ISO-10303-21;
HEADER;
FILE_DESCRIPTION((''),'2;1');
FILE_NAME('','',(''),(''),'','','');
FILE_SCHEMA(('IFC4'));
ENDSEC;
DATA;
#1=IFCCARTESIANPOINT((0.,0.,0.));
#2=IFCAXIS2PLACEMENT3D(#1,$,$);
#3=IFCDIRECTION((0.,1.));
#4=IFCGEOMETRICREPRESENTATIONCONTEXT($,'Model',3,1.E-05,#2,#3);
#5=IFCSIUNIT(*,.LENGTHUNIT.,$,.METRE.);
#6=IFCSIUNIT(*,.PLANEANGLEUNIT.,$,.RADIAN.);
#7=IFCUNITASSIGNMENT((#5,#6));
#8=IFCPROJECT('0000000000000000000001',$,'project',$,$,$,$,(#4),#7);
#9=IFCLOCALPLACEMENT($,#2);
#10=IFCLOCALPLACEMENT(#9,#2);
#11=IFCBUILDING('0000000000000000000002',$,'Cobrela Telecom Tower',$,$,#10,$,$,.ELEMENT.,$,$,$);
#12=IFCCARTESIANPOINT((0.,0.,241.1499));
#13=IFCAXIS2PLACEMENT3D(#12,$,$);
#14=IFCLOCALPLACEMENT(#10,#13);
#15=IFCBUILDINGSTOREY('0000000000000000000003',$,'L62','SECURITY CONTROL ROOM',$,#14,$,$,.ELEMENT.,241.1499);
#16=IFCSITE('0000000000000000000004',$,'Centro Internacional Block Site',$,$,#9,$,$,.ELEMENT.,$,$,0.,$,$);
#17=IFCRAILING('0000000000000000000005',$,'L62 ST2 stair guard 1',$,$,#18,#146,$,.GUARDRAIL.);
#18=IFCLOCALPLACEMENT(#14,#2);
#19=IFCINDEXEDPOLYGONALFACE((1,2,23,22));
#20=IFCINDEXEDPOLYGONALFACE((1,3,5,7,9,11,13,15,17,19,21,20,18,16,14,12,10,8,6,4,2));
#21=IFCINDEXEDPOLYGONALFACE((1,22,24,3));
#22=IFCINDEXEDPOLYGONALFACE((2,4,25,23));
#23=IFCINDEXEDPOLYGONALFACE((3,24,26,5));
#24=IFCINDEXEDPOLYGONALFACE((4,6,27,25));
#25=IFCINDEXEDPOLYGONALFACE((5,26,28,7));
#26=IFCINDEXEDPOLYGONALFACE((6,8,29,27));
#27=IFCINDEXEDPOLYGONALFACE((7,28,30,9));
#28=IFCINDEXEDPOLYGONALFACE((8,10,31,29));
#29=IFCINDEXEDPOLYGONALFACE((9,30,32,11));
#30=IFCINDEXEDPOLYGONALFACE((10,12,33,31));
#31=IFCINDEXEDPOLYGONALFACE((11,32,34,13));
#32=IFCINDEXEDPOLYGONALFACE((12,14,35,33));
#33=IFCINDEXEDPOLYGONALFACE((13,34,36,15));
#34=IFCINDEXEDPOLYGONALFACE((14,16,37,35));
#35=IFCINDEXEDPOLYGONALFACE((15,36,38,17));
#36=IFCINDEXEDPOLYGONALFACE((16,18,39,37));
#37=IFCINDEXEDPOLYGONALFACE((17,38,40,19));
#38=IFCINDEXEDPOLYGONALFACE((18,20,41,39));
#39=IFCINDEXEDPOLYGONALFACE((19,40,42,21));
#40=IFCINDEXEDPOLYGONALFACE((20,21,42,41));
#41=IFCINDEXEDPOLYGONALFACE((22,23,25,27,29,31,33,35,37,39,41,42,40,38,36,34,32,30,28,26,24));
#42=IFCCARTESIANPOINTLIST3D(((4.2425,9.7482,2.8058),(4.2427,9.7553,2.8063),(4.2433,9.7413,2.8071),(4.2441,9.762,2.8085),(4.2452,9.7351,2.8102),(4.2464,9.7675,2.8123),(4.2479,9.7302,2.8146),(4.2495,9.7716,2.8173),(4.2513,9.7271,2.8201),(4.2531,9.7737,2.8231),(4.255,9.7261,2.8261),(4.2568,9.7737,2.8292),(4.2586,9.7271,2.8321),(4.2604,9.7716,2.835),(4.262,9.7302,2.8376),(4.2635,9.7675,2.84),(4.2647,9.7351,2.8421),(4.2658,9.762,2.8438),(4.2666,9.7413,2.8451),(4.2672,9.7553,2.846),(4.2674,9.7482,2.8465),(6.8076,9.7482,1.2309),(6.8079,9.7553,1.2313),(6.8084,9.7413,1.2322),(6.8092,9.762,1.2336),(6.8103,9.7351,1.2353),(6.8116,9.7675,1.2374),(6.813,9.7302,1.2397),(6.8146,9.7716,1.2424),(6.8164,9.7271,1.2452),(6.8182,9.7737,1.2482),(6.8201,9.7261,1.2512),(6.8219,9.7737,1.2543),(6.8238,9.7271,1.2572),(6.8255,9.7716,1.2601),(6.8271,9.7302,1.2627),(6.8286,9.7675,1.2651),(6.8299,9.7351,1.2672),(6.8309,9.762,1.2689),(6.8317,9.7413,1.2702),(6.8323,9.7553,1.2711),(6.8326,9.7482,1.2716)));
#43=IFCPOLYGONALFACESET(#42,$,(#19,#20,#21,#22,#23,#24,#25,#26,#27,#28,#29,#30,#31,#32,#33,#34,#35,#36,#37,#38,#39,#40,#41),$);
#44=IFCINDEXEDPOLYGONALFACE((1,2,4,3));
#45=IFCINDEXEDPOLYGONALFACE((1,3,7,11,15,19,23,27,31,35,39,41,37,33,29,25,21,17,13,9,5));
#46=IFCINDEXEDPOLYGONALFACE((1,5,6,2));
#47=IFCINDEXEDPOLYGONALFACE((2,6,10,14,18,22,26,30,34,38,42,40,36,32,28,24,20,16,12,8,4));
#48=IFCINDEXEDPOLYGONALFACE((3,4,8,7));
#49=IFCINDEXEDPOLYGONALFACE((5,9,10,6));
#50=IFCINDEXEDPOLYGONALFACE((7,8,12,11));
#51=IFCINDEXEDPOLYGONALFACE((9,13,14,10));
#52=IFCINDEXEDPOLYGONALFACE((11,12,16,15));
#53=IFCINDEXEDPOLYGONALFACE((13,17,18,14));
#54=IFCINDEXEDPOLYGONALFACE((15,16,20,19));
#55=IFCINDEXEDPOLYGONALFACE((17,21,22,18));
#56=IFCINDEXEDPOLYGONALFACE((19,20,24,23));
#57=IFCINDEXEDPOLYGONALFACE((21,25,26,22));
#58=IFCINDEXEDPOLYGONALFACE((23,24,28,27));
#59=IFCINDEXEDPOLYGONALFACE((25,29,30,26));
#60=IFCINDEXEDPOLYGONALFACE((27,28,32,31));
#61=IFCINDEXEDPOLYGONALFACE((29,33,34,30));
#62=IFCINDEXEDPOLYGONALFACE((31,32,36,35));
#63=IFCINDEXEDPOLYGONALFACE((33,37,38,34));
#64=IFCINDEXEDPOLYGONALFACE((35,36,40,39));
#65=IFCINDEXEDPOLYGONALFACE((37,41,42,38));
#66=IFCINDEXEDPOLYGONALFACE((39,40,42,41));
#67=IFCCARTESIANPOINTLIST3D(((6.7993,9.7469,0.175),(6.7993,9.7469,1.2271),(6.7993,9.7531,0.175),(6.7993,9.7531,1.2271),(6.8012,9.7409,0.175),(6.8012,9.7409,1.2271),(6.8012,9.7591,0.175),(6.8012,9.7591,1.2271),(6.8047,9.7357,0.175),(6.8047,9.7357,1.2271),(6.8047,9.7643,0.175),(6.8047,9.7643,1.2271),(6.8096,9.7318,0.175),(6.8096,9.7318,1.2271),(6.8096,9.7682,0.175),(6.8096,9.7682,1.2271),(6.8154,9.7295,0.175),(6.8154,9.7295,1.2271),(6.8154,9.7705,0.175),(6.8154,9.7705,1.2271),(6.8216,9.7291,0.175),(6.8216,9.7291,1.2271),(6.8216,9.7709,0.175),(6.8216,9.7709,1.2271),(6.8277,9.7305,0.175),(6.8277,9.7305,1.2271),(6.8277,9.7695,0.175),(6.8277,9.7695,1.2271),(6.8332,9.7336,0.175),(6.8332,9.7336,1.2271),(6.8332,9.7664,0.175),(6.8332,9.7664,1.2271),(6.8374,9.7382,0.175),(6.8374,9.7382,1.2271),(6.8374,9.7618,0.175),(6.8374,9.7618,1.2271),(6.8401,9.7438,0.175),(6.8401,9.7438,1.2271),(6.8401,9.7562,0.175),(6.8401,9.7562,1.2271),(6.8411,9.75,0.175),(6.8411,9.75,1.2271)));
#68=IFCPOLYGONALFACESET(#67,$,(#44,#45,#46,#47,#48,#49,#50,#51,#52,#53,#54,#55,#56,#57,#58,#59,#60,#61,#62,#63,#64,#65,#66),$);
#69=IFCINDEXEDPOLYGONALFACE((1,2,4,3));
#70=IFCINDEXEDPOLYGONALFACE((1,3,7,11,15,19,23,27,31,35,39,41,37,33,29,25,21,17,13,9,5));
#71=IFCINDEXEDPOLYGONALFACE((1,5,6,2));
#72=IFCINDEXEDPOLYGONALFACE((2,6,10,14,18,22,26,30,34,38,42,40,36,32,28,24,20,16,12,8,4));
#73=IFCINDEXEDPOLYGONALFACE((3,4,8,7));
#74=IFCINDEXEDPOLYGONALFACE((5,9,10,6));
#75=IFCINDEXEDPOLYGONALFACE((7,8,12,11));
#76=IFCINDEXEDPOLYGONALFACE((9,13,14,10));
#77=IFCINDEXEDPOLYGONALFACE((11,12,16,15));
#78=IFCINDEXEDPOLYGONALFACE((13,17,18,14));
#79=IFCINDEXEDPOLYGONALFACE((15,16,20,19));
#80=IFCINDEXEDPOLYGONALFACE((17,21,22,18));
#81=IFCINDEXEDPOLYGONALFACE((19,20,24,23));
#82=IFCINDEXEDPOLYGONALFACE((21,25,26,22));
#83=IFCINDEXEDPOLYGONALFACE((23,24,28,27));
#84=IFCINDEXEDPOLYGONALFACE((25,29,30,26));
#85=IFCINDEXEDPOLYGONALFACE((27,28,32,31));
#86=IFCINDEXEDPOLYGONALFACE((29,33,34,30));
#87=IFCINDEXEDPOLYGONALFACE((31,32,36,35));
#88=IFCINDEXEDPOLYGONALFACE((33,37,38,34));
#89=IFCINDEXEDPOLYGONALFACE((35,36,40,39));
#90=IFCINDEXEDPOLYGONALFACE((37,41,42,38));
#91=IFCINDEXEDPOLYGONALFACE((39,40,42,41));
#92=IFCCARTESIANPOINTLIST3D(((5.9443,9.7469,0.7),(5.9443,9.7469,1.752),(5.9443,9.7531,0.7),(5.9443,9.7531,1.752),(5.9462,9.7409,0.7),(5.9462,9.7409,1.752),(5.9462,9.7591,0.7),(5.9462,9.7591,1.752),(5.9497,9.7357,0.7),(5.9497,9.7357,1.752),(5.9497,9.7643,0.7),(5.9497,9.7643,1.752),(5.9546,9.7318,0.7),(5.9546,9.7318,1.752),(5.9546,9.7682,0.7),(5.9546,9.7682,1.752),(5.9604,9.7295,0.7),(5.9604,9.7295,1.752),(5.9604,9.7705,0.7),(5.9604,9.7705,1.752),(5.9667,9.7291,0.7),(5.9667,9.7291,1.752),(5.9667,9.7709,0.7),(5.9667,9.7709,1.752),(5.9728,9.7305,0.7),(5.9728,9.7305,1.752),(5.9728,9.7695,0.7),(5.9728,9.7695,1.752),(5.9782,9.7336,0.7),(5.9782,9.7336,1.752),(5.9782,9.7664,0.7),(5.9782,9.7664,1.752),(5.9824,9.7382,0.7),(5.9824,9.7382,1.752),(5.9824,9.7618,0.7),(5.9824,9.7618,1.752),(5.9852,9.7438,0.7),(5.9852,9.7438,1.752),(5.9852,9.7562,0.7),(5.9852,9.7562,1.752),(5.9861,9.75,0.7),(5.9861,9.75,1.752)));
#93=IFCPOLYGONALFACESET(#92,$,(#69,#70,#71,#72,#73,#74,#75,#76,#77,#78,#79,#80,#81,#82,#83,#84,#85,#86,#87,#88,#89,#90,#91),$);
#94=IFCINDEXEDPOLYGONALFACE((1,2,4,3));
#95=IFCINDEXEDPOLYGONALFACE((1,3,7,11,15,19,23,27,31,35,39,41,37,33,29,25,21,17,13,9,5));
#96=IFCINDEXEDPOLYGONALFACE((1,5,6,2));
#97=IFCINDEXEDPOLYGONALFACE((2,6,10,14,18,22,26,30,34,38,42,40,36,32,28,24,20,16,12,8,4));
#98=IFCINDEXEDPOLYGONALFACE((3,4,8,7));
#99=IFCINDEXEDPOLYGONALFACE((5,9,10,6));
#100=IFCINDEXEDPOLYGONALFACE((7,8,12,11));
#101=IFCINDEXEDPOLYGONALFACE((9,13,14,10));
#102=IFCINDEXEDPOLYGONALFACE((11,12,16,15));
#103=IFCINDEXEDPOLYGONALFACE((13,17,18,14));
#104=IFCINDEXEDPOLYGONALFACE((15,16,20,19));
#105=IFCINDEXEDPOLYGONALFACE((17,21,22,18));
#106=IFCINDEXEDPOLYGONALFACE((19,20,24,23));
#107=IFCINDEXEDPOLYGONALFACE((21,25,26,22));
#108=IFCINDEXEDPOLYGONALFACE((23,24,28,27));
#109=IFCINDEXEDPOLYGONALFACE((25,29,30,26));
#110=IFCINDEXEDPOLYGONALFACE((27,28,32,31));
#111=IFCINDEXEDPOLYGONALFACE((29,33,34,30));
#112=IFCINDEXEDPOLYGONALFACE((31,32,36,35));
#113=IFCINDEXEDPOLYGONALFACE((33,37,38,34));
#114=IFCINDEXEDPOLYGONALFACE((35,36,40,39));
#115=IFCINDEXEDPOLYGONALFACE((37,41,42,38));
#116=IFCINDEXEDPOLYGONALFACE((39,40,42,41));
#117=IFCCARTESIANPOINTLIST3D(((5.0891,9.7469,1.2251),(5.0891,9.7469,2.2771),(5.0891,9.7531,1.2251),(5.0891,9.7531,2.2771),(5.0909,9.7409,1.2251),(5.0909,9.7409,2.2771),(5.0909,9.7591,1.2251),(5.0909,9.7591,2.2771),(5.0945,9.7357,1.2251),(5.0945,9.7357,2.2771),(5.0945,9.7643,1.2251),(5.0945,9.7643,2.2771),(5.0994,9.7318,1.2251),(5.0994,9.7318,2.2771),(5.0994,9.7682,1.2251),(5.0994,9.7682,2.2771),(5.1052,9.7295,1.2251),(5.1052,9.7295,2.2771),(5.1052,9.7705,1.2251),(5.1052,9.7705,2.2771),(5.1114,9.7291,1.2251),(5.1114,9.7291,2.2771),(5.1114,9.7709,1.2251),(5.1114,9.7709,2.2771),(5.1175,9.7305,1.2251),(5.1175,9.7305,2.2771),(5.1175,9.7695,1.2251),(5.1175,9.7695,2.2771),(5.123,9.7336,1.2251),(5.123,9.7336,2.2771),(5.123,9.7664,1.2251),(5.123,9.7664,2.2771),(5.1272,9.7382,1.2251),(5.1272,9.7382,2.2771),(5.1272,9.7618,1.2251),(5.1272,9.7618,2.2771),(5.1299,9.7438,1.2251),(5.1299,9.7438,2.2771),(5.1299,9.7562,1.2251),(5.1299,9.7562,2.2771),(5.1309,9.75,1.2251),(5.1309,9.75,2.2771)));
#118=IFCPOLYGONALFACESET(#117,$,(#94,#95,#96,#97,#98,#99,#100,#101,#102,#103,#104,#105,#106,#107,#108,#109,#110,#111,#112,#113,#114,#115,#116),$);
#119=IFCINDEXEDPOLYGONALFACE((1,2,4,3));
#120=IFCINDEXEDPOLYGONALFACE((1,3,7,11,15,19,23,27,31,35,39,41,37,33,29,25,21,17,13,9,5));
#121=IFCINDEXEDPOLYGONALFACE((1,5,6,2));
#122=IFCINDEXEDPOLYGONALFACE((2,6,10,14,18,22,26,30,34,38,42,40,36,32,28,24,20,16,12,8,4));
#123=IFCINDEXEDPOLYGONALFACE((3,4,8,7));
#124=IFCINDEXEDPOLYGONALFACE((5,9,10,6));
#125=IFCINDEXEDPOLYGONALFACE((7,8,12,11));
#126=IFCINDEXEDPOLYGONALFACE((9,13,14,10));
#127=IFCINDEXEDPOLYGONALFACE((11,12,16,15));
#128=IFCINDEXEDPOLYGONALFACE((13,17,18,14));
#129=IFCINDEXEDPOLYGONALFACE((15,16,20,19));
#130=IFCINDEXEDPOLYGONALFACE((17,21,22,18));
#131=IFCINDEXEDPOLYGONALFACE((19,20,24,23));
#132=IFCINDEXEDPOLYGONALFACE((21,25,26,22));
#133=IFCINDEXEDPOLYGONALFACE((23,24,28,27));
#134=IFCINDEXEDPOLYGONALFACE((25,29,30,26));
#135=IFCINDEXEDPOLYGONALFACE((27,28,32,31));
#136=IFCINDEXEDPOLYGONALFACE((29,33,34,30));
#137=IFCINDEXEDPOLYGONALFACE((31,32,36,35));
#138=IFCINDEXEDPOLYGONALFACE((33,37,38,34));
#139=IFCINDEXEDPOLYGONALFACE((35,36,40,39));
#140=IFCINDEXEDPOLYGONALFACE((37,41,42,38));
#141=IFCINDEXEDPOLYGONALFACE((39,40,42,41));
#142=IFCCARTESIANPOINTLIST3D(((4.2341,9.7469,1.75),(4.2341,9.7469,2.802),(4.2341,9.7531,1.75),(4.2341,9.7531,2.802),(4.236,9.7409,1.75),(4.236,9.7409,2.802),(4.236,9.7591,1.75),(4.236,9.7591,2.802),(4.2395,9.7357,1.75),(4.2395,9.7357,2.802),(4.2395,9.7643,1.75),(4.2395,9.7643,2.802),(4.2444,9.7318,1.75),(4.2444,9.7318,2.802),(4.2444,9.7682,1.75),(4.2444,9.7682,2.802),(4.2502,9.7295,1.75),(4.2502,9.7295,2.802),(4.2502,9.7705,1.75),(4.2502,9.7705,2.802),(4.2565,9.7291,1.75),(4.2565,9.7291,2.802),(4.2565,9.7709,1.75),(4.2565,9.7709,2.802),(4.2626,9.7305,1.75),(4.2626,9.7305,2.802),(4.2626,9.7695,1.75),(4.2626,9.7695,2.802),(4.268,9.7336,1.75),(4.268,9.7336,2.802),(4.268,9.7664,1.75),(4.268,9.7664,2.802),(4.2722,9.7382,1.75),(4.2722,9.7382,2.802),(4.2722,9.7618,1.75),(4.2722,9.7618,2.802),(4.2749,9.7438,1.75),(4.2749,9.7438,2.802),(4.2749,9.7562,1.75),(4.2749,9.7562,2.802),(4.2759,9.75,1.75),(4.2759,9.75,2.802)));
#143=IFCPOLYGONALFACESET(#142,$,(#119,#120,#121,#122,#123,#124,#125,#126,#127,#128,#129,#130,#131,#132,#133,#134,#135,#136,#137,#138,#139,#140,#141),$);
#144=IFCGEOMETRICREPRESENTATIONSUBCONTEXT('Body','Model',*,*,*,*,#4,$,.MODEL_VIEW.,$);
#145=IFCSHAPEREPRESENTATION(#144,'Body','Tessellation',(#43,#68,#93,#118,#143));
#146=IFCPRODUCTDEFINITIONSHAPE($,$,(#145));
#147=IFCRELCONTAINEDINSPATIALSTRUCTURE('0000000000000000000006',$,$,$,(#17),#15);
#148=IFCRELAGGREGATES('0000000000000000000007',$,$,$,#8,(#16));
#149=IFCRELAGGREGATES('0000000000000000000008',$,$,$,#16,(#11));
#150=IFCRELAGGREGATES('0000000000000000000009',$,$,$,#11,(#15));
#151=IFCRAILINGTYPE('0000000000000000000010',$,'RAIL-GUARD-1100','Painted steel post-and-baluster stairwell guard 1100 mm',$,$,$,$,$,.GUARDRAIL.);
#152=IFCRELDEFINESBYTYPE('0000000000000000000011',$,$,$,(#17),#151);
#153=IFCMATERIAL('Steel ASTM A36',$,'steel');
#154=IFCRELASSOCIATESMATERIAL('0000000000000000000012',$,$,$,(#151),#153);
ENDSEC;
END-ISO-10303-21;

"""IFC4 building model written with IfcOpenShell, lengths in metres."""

from ifc_helpers import new_model, si_unit, direction, frame, origin, origin_2d, place, context, subcontext, project, spatial, circle, extrude, material, type_object, element, save


model = new_model("IFC4")

# Units and contexts
model_context = context("Model", 3, precision=1e-05, world=origin(), true_north=direction((0.0, 1.0)))
body_context = subcontext(model_context, "Body", "Model", "MODEL_VIEW")
ifc_project = project(units=[si_unit("LENGTHUNIT", "METRE"), si_unit("PLANEANGLEUNIT", "RADIAN")], contexts=[model_context])

# Site, building, storey
site_placement = place(None, origin())
site = spatial("IfcSite", under=ifc_project, at=site_placement, Name="Centro Internacional Block Site", CompositionType="ELEMENT", RefElevation=0.0)
building_placement = place(site_placement, origin())
building = spatial("IfcBuilding", under=site, at=building_placement, Name="Cobrela Telecom Tower", CompositionType="ELEMENT")
storey_placement = place(building_placement, frame((0.0, 0.0, 241.1499)))
storey = spatial("IfcBuildingStorey", under=building, at=storey_placement, Name="L62", Description="SECURITY CONTROL ROOM", CompositionType="ELEMENT", Elevation=241.1499)

# Shared definitions
ifc_material_1 = material(Name="Steel ASTM A36", Category="steel")

# Railing
railing_type_1 = type_object("IfcRailingType", Name="RAIL-GUARD-1100", Description="Painted steel post-and-baluster stairwell guard 1100 mm", PredefinedType="GUARDRAIL", material=ifc_material_1)
railing_1_placement = place(storey_placement, frame((6.8201, 9.75, 0.175)))
element("IfcRailing", 1, at=railing_1_placement, inside=storey, type_object=railing_type_1, Name="L62 ST2 stair guard 1", PredefinedType="GUARDRAIL", context=body_context, shape_type="SweptSolid", body=[
    extrude(circle(Radius=0.0239, at=origin_2d()), frame((0.0, 0.0, 1.0762), z_axis=(-0.852195, 0.0, 0.523224), x_axis=(0.0, -1.0, 0.0)), (0.0, 0.0, 1.0), 3.01),
    extrude(circle(Radius=0.021, at=origin_2d()), origin(), (0.0, 0.0, 1.0), 1.052),
    extrude(circle(Radius=0.021, at=origin_2d()), frame((-0.855, 0.0, 0.5249)), (0.0, 0.0, 1.0), 1.052),
    extrude(circle(Radius=0.021, at=origin_2d()), frame((-1.7102, 0.0, 1.05)), (0.0, 0.0, 1.0), 1.052),
    extrude(circle(Radius=0.021, at=origin_2d()), frame((-2.5652, 0.0, 1.575)), (0.0, 0.0, 1.0), 1.052),
])

save(model, "model.ifc")
